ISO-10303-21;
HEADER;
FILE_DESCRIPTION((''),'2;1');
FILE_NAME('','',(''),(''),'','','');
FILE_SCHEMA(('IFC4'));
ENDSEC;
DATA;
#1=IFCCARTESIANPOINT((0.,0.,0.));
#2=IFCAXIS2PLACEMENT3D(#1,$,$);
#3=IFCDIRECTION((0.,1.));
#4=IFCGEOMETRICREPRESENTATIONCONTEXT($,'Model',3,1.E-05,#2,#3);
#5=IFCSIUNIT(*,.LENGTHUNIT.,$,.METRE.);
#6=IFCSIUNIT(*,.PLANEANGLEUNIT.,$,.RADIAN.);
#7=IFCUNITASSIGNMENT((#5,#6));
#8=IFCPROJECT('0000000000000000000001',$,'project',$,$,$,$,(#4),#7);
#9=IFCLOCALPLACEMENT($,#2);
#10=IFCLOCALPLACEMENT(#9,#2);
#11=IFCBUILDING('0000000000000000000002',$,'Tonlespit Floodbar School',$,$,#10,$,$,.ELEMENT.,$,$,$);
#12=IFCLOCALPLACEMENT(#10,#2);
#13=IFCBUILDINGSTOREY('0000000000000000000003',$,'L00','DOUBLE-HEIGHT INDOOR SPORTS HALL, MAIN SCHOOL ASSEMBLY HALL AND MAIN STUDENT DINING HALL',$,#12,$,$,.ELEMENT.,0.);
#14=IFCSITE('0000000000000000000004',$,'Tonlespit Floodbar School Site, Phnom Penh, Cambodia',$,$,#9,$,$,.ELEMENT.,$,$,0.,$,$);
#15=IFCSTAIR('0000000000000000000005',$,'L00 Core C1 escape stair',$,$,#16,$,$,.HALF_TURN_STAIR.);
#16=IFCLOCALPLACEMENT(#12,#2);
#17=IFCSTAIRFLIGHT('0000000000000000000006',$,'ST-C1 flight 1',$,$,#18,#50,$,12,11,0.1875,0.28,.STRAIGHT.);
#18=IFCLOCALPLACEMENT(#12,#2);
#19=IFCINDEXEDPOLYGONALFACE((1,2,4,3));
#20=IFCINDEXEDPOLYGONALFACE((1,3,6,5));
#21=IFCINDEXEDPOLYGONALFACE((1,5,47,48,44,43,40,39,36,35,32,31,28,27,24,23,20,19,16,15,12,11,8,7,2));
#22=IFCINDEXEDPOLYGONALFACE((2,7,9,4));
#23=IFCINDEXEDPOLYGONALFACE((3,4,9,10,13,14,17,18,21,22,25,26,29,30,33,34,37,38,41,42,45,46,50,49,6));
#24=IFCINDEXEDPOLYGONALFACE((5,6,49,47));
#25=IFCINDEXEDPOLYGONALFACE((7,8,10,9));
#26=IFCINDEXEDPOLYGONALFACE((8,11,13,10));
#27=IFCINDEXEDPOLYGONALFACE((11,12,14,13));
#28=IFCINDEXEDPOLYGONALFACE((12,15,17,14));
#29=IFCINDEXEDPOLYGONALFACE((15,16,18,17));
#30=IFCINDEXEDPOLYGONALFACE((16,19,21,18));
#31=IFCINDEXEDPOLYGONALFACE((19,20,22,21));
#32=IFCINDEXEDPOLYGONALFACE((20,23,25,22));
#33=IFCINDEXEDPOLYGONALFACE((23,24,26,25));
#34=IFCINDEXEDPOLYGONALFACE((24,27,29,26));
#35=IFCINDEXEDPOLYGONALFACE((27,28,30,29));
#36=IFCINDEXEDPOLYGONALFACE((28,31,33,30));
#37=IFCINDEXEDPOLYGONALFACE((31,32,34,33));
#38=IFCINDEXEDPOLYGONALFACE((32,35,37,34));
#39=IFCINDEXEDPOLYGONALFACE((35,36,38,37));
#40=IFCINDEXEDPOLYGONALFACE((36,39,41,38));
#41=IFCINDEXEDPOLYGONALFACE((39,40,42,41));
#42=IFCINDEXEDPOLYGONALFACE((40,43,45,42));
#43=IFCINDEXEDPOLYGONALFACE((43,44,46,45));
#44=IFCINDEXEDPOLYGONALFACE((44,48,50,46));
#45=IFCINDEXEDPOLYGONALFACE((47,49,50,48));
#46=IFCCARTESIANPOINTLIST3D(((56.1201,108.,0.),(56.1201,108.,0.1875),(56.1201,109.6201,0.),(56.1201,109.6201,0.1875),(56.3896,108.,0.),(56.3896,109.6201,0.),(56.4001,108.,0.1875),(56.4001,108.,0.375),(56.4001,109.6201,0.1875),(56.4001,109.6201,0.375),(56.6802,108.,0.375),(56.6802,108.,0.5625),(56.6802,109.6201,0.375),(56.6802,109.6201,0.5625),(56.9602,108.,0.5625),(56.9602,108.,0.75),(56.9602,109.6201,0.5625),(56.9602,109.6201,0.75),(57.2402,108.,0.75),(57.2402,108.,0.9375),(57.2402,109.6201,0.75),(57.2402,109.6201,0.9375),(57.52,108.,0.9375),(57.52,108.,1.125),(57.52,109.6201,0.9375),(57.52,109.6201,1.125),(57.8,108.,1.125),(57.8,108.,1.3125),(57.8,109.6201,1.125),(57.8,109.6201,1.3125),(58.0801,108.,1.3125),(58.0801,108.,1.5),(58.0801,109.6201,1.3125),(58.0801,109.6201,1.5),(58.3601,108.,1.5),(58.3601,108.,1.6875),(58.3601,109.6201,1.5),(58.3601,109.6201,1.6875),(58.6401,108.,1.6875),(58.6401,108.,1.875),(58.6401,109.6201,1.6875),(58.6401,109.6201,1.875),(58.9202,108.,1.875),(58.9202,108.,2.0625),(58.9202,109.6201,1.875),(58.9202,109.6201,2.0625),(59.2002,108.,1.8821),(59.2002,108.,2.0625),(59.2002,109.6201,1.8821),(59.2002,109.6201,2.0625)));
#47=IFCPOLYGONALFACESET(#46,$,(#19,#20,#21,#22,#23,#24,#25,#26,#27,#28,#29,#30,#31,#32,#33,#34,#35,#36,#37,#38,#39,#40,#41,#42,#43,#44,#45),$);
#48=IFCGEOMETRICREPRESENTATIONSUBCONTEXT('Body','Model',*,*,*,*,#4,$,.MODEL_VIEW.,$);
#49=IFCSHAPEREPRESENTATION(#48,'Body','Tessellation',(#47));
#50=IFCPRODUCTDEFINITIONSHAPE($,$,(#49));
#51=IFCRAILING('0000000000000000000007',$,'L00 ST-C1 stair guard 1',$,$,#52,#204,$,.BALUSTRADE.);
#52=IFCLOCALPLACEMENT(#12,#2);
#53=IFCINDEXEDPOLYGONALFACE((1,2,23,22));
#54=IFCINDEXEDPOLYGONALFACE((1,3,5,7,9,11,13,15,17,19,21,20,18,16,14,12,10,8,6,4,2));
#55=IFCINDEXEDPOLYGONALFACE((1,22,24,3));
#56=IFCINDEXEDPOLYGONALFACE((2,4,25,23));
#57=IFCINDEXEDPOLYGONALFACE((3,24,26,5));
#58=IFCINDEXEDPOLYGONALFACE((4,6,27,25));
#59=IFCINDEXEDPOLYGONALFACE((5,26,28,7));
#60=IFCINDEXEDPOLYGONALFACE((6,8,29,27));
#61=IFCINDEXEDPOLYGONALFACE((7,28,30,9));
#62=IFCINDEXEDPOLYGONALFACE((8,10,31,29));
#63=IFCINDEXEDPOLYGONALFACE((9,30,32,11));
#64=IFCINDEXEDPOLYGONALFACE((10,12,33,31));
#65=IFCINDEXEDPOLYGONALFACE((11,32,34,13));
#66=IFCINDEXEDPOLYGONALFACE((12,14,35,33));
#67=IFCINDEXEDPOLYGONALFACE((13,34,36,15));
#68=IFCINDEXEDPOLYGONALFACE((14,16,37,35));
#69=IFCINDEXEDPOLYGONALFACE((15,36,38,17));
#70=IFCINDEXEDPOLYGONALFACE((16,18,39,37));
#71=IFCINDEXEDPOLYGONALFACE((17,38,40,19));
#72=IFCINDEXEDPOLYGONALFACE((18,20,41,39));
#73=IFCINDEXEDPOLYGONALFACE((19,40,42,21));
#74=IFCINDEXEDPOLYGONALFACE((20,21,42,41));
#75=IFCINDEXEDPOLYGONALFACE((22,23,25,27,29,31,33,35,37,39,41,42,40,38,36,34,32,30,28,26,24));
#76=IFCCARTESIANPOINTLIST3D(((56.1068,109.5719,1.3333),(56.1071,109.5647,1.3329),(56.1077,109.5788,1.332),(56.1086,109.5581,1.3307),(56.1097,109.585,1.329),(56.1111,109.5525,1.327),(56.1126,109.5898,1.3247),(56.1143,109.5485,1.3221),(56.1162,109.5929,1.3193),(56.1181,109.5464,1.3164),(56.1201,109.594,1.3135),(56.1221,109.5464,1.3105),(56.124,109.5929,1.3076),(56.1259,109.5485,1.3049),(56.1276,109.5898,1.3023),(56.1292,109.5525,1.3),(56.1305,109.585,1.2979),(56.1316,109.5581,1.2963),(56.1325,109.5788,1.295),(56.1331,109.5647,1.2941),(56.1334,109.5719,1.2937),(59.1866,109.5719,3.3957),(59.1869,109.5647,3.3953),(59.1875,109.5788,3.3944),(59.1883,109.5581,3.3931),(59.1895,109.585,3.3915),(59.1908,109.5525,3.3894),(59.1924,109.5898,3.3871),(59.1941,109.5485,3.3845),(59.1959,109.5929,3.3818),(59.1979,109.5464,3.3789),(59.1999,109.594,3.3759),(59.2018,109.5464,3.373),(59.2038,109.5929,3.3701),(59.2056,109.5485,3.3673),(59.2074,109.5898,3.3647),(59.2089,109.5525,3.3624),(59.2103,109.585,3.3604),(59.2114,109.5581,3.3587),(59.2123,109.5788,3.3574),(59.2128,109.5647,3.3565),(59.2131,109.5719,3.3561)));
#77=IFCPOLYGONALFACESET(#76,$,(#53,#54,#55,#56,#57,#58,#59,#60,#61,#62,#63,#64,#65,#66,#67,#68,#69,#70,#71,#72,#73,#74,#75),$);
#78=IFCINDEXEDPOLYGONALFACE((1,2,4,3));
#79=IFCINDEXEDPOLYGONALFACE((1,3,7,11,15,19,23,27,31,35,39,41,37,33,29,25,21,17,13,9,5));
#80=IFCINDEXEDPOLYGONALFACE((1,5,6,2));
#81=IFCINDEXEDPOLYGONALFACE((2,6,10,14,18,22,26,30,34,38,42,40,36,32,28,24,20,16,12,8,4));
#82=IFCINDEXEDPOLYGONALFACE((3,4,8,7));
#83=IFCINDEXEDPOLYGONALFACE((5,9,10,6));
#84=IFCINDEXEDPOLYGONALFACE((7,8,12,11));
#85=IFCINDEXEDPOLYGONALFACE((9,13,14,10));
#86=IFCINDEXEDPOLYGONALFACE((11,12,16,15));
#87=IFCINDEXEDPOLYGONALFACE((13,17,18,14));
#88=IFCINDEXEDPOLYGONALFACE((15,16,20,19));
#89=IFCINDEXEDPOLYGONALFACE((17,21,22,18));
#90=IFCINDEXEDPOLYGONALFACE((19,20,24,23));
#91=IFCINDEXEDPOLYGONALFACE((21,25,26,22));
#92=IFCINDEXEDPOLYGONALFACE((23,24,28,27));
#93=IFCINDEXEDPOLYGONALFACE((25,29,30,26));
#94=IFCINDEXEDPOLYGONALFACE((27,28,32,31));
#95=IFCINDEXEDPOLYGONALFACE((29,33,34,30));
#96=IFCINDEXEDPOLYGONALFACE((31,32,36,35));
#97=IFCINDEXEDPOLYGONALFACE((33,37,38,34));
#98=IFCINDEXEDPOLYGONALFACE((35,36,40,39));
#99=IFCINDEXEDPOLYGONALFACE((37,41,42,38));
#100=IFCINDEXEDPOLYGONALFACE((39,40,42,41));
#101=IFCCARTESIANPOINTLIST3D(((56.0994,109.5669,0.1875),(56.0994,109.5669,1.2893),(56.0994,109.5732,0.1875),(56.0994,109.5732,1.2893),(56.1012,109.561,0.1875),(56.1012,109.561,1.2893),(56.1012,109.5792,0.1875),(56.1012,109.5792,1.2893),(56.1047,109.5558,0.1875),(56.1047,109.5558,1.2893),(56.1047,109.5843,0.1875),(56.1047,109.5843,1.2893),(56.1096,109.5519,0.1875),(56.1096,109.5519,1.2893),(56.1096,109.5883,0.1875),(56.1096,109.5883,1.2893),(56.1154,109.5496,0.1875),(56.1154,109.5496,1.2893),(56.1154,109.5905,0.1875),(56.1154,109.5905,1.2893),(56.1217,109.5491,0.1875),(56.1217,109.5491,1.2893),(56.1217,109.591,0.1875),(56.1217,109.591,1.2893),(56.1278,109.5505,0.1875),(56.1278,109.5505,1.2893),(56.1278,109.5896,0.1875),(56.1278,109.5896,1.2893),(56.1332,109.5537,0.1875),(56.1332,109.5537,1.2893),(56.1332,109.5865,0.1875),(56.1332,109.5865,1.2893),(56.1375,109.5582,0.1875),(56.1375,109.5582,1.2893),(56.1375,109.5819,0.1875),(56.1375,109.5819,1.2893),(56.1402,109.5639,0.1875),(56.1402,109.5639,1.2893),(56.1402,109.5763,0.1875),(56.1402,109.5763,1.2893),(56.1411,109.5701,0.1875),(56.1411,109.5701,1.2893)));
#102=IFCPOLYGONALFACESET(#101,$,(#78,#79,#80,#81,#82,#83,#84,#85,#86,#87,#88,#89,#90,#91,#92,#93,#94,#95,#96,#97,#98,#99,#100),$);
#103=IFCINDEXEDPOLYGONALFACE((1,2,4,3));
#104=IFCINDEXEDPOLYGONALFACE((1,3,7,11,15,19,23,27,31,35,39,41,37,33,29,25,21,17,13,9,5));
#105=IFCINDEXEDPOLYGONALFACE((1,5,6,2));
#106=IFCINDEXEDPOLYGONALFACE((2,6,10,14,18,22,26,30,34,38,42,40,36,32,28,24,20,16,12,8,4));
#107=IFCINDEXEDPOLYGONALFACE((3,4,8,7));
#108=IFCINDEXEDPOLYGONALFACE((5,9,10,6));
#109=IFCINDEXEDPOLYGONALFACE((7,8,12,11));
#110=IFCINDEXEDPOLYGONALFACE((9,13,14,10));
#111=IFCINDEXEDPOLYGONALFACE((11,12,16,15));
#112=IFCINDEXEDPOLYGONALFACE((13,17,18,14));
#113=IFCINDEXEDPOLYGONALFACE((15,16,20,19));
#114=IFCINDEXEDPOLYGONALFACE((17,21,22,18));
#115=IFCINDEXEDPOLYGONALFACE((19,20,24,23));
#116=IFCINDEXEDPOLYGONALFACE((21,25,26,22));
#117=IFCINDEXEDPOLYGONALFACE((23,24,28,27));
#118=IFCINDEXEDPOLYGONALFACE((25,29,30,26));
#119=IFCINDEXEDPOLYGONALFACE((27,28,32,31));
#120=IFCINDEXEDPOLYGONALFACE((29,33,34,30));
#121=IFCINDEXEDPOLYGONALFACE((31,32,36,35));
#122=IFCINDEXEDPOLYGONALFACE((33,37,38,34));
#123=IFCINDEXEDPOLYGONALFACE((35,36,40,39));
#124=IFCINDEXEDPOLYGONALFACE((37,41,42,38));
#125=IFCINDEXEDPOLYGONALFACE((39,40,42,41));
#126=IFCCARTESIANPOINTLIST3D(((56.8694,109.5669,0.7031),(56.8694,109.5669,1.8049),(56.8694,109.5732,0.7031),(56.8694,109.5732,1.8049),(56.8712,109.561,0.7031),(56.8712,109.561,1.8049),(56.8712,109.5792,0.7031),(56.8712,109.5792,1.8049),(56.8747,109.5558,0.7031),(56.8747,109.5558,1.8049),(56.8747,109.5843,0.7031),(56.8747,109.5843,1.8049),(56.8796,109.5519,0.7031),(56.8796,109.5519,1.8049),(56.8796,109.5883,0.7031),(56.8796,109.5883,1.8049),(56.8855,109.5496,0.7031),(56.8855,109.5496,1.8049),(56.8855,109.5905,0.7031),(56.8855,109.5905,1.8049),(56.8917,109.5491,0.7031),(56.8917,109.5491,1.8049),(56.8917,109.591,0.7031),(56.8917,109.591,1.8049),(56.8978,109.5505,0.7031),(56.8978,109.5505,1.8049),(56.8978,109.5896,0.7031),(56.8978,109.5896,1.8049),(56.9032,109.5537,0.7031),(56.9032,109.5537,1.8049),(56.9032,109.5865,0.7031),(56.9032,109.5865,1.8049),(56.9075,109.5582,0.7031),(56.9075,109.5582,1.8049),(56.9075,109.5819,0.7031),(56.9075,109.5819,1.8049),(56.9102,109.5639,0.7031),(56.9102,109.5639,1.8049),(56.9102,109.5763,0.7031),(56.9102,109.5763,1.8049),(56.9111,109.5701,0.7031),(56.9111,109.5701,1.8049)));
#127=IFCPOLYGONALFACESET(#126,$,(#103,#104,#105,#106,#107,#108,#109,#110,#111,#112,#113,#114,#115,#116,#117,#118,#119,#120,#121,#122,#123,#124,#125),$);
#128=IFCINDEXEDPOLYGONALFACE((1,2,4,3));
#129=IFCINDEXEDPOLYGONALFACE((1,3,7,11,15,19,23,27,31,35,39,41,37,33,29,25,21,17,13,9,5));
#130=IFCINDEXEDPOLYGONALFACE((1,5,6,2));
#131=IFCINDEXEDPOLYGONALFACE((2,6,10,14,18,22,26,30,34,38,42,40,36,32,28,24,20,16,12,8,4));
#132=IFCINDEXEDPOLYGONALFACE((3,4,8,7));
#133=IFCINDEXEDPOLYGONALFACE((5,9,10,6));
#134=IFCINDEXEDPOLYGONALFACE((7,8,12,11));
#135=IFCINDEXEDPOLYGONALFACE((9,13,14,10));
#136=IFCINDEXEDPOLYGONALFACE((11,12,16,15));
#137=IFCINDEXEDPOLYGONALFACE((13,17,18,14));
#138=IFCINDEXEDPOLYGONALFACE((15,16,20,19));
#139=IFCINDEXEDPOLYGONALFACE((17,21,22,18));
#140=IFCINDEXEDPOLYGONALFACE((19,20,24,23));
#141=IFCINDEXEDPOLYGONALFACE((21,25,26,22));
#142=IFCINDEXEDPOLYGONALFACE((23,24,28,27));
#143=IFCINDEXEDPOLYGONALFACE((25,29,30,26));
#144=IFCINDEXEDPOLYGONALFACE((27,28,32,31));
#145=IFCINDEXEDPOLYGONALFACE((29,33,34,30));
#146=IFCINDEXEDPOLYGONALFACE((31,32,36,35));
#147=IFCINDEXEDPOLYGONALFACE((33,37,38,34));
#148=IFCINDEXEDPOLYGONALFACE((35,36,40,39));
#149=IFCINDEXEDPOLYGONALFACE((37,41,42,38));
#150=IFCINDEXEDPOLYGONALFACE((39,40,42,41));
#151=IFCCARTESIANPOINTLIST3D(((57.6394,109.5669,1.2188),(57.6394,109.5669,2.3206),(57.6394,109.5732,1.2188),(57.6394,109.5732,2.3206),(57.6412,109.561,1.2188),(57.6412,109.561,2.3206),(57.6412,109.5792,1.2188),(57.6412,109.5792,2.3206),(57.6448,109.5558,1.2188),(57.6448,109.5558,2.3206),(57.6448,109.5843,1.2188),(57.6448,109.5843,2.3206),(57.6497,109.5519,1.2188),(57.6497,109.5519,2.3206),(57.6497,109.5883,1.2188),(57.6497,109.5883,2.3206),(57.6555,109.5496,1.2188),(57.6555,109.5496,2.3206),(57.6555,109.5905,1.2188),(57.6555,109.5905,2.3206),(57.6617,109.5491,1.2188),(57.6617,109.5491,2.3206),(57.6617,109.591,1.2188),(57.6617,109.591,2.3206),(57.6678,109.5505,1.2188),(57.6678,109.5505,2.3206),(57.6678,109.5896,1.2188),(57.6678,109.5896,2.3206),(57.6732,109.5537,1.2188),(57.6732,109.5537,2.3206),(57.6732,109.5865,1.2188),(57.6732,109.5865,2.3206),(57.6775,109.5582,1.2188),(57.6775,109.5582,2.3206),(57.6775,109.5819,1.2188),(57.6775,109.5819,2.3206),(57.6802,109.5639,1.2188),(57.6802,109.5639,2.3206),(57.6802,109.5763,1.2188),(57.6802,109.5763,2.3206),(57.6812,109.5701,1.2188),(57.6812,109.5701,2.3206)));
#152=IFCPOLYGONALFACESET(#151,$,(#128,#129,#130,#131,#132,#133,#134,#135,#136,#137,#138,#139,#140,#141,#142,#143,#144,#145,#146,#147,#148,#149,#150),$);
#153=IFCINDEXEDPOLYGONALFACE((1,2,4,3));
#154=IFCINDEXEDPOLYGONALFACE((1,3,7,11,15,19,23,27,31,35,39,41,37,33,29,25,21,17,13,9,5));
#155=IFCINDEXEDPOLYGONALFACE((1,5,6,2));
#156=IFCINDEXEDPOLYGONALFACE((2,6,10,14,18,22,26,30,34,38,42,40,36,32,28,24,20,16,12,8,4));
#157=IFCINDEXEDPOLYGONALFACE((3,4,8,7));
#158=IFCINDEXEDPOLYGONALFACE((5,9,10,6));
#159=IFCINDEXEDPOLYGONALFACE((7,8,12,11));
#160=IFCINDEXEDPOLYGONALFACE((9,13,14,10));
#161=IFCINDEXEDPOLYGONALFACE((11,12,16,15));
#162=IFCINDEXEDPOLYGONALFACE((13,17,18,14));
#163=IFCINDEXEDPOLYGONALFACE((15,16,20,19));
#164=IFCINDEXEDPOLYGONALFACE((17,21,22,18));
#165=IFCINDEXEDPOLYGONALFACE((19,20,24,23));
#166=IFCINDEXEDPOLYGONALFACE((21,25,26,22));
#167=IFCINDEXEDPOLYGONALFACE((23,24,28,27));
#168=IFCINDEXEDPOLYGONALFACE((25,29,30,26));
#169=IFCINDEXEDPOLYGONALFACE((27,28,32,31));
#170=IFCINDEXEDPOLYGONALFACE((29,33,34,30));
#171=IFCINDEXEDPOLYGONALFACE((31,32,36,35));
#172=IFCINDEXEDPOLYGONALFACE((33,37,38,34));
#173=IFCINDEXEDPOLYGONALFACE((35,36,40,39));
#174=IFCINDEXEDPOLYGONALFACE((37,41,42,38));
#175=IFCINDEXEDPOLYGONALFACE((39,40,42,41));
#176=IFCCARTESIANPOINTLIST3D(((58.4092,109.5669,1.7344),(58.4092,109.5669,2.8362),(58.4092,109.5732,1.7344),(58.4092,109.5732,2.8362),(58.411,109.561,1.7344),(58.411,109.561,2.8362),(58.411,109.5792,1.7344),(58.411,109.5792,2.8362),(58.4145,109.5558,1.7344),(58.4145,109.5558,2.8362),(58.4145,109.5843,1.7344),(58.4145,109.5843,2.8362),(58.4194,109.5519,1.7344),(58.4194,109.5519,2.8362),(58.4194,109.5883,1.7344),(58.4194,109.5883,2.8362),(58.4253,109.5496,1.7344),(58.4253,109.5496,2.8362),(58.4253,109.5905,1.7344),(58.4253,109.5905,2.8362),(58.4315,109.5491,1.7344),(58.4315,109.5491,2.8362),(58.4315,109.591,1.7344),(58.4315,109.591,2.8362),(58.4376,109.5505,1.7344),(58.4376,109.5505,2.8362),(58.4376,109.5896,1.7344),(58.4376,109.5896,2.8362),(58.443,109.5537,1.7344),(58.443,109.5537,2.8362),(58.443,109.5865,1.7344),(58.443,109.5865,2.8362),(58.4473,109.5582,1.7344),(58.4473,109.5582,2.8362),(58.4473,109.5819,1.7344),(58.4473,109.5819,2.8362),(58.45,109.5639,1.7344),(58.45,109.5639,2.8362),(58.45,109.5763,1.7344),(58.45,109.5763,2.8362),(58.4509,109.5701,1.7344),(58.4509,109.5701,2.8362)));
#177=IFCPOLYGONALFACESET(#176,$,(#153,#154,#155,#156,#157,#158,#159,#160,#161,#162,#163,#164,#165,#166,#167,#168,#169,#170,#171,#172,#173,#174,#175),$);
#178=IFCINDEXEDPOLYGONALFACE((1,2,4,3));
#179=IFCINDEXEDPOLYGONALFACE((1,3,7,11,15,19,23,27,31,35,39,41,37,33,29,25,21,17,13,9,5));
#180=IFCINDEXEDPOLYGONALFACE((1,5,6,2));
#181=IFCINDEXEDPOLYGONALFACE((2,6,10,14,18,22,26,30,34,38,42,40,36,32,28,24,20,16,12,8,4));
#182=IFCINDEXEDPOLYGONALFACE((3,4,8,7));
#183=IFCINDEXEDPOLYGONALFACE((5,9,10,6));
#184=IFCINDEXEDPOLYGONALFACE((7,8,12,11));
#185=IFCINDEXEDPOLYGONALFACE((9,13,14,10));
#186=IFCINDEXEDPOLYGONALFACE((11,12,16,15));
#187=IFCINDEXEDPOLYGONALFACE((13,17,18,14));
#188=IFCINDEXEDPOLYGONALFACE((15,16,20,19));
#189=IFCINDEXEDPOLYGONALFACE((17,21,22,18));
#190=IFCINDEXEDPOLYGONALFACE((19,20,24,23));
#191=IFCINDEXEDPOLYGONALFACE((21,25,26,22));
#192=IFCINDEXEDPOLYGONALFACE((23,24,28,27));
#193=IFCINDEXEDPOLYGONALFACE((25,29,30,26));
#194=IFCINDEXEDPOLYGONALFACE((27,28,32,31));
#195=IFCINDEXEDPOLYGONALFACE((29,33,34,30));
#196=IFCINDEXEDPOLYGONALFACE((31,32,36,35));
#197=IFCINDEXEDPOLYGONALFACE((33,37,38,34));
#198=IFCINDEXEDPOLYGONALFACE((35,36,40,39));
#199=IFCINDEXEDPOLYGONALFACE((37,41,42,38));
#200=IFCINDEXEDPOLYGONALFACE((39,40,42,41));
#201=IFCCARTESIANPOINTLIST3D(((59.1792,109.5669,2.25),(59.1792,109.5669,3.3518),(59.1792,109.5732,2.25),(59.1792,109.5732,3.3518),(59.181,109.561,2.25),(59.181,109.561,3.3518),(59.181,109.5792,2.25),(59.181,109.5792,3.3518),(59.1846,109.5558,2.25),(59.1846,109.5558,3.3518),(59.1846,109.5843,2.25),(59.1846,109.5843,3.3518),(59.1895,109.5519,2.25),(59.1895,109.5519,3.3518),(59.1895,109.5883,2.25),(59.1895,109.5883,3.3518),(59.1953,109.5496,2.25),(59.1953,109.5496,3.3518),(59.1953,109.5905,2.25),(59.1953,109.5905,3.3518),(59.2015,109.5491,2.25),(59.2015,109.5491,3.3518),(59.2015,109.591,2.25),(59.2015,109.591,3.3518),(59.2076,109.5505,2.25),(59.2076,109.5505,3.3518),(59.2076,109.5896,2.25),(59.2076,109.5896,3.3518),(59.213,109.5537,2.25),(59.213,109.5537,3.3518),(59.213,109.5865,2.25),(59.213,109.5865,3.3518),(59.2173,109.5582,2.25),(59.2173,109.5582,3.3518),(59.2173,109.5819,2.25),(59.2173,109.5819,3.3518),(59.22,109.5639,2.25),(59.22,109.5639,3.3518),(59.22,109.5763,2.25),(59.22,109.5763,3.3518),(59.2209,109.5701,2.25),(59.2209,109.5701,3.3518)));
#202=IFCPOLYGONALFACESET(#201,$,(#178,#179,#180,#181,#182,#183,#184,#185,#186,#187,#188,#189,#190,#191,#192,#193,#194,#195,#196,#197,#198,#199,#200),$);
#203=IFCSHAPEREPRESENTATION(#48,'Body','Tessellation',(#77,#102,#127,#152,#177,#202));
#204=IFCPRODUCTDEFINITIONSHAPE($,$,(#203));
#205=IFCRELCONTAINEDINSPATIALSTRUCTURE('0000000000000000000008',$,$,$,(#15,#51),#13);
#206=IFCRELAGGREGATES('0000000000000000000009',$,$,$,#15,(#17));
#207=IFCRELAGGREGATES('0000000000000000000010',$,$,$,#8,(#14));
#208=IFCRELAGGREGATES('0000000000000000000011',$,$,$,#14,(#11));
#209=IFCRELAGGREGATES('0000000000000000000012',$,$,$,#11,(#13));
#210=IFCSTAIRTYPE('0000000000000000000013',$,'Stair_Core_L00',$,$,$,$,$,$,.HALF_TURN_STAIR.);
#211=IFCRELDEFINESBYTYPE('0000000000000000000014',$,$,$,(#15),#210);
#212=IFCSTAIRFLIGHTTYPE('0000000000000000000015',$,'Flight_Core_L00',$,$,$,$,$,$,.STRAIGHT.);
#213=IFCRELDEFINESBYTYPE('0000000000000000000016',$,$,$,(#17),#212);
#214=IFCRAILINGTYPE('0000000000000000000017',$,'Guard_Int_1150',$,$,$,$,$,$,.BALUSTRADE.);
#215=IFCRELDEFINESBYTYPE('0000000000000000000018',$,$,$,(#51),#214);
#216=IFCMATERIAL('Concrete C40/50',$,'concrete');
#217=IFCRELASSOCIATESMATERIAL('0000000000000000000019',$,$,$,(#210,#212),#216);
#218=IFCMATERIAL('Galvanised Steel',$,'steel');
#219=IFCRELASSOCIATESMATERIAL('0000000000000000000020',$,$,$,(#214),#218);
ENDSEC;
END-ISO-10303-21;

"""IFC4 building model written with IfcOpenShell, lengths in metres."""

from ifc_helpers import new_model, si_unit, direction, frame, origin, origin_2d, place, context, subcontext, project, spatial, polyline, circle, outline, extrude, material, type_object, element, aggregate, save


model = new_model("IFC4")

# Units and contexts
model_context = context("Model", 3, precision=1e-05, world=origin(), true_north=direction((0.0, 1.0)))
body_context = subcontext(model_context, "Body", "Model", "MODEL_VIEW")
ifc_project = project(units=[si_unit("LENGTHUNIT", "METRE"), si_unit("PLANEANGLEUNIT", "RADIAN")], contexts=[model_context])

# Site, building, storey
site_placement = place(None, origin())
site = spatial("IfcSite", under=ifc_project, at=site_placement, Name="Tonlespit Floodbar School Site, Phnom Penh, Cambodia", CompositionType="ELEMENT", RefElevation=0.0)
building_placement = place(site_placement, origin())
building = spatial("IfcBuilding", under=site, at=building_placement, Name="Tonlespit Floodbar School", CompositionType="ELEMENT")
storey_placement = place(building_placement, origin())
storey = spatial("IfcBuildingStorey", under=building, at=storey_placement, Name="L00", Description="DOUBLE-HEIGHT INDOOR SPORTS HALL, MAIN SCHOOL ASSEMBLY HALL AND MAIN STUDENT DINING HALL", CompositionType="ELEMENT", Elevation=0.0)

# Shared definitions
ifc_material_1 = material(Name="Concrete C40/50", Category="concrete")

# Shared definitions
ifc_material_2 = material(Name="Galvanised Steel", Category="steel")

# Stair, stair flight
stair_type = type_object("IfcStairType", Name="Stair_Core_L00", PredefinedType="HALF_TURN_STAIR", material=ifc_material_1)
stair_placement = place(storey_placement, origin())
stair = element("IfcStair", 1, at=stair_placement, inside=storey, type_object=stair_type, Name="L00 Core C1 escape stair", PredefinedType="HALF_TURN_STAIR")
stair_flight_type = type_object("IfcStairFlightType", Name="Flight_Core_L00", PredefinedType="STRAIGHT", material=ifc_material_1)
stair_flight_placement = place(storey_placement, frame((56.1201, 108.8101, 0.0), z_axis=(0.0, 0.0, 1.0), x_axis=(1.0, 0.0, 0.0)))
stair_flight = element("IfcStairFlight", 2, at=stair_flight_placement, type_object=stair_flight_type, Name="ST-C1 flight 1", NumberOfRisers=12, NumberOfTreads=11, PredefinedType="STRAIGHT", RiserHeight=0.1875, TreadLength=0.28, context=body_context, shape_type="SweptSolid", body=[
    extrude(outline(polyline([(0.0, 0.0), (0.0, 0.1875), (0.28, 0.1875), (0.28, 0.375), (0.5601, 0.375), (0.5601, 0.5625), (0.8401, 0.5625), (0.8401, 0.75), (1.1201, 0.75), (1.1201, 0.9375), (1.3999, 0.9375), (1.3999, 1.125), (1.6799, 1.125), (1.6799, 1.3125), (1.96, 1.3125), (1.96, 1.5), (2.24, 1.5), (2.24, 1.6875), (2.52, 1.6875), (2.52, 1.875), (2.8, 1.875), (2.8, 2.0625), (3.0801, 2.0625), (3.0801, 2.25), (3.0801, 1.8821), (0.2695, 0.0), (0.0, 0.0)])), frame((0.0, 0.8101, 0.0), z_axis=(0.0, -1.0, 0.0), x_axis=(1.0, 0.0, 0.0)), (0.0, 0.0, 1.0), 1.6201),
])
aggregate(stair, [stair_flight])

# Railing
railing_type_1 = type_object("IfcRailingType", Name="Guard_Int_1150", PredefinedType="BALUSTRADE", material=ifc_material_2)
railing_1_placement = place(storey_placement, frame((56.1201, 109.5701, 0.1875)))
element("IfcRailing", 3, at=railing_1_placement, inside=storey, type_object=railing_type_1, Name="L00 ST-C1 stair guard 1", PredefinedType="BALUSTRADE", context=body_context, shape_type="SweptSolid", body=[
    extrude(circle(Radius=0.0239, at=origin_2d()), frame((0.0, 0.0, 1.126), z_axis=(0.830893, 0.0, 0.556432), x_axis=(0.0, 1.0, 0.0)), (0.0, 0.0, 1.0), 3.7065),
    extrude(circle(Radius=0.021, at=origin_2d()), origin(), (0.0, 0.0, 1.0), 1.1018),
    extrude(circle(Radius=0.021, at=origin_2d()), frame((0.77, 0.0, 0.5156)), (0.0, 0.0, 1.0), 1.1018),
    extrude(circle(Radius=0.021, at=origin_2d()), frame((1.54, 0.0, 1.0312)), (0.0, 0.0, 1.0), 1.1018),
    extrude(circle(Radius=0.021, at=origin_2d()), frame((2.3098, 0.0, 1.5469)), (0.0, 0.0, 1.0), 1.1018),
    extrude(circle(Radius=0.021, at=origin_2d()), frame((3.0798, 0.0, 2.0625)), (0.0, 0.0, 1.0), 1.1018),
])

save(model, "model.ifc")
